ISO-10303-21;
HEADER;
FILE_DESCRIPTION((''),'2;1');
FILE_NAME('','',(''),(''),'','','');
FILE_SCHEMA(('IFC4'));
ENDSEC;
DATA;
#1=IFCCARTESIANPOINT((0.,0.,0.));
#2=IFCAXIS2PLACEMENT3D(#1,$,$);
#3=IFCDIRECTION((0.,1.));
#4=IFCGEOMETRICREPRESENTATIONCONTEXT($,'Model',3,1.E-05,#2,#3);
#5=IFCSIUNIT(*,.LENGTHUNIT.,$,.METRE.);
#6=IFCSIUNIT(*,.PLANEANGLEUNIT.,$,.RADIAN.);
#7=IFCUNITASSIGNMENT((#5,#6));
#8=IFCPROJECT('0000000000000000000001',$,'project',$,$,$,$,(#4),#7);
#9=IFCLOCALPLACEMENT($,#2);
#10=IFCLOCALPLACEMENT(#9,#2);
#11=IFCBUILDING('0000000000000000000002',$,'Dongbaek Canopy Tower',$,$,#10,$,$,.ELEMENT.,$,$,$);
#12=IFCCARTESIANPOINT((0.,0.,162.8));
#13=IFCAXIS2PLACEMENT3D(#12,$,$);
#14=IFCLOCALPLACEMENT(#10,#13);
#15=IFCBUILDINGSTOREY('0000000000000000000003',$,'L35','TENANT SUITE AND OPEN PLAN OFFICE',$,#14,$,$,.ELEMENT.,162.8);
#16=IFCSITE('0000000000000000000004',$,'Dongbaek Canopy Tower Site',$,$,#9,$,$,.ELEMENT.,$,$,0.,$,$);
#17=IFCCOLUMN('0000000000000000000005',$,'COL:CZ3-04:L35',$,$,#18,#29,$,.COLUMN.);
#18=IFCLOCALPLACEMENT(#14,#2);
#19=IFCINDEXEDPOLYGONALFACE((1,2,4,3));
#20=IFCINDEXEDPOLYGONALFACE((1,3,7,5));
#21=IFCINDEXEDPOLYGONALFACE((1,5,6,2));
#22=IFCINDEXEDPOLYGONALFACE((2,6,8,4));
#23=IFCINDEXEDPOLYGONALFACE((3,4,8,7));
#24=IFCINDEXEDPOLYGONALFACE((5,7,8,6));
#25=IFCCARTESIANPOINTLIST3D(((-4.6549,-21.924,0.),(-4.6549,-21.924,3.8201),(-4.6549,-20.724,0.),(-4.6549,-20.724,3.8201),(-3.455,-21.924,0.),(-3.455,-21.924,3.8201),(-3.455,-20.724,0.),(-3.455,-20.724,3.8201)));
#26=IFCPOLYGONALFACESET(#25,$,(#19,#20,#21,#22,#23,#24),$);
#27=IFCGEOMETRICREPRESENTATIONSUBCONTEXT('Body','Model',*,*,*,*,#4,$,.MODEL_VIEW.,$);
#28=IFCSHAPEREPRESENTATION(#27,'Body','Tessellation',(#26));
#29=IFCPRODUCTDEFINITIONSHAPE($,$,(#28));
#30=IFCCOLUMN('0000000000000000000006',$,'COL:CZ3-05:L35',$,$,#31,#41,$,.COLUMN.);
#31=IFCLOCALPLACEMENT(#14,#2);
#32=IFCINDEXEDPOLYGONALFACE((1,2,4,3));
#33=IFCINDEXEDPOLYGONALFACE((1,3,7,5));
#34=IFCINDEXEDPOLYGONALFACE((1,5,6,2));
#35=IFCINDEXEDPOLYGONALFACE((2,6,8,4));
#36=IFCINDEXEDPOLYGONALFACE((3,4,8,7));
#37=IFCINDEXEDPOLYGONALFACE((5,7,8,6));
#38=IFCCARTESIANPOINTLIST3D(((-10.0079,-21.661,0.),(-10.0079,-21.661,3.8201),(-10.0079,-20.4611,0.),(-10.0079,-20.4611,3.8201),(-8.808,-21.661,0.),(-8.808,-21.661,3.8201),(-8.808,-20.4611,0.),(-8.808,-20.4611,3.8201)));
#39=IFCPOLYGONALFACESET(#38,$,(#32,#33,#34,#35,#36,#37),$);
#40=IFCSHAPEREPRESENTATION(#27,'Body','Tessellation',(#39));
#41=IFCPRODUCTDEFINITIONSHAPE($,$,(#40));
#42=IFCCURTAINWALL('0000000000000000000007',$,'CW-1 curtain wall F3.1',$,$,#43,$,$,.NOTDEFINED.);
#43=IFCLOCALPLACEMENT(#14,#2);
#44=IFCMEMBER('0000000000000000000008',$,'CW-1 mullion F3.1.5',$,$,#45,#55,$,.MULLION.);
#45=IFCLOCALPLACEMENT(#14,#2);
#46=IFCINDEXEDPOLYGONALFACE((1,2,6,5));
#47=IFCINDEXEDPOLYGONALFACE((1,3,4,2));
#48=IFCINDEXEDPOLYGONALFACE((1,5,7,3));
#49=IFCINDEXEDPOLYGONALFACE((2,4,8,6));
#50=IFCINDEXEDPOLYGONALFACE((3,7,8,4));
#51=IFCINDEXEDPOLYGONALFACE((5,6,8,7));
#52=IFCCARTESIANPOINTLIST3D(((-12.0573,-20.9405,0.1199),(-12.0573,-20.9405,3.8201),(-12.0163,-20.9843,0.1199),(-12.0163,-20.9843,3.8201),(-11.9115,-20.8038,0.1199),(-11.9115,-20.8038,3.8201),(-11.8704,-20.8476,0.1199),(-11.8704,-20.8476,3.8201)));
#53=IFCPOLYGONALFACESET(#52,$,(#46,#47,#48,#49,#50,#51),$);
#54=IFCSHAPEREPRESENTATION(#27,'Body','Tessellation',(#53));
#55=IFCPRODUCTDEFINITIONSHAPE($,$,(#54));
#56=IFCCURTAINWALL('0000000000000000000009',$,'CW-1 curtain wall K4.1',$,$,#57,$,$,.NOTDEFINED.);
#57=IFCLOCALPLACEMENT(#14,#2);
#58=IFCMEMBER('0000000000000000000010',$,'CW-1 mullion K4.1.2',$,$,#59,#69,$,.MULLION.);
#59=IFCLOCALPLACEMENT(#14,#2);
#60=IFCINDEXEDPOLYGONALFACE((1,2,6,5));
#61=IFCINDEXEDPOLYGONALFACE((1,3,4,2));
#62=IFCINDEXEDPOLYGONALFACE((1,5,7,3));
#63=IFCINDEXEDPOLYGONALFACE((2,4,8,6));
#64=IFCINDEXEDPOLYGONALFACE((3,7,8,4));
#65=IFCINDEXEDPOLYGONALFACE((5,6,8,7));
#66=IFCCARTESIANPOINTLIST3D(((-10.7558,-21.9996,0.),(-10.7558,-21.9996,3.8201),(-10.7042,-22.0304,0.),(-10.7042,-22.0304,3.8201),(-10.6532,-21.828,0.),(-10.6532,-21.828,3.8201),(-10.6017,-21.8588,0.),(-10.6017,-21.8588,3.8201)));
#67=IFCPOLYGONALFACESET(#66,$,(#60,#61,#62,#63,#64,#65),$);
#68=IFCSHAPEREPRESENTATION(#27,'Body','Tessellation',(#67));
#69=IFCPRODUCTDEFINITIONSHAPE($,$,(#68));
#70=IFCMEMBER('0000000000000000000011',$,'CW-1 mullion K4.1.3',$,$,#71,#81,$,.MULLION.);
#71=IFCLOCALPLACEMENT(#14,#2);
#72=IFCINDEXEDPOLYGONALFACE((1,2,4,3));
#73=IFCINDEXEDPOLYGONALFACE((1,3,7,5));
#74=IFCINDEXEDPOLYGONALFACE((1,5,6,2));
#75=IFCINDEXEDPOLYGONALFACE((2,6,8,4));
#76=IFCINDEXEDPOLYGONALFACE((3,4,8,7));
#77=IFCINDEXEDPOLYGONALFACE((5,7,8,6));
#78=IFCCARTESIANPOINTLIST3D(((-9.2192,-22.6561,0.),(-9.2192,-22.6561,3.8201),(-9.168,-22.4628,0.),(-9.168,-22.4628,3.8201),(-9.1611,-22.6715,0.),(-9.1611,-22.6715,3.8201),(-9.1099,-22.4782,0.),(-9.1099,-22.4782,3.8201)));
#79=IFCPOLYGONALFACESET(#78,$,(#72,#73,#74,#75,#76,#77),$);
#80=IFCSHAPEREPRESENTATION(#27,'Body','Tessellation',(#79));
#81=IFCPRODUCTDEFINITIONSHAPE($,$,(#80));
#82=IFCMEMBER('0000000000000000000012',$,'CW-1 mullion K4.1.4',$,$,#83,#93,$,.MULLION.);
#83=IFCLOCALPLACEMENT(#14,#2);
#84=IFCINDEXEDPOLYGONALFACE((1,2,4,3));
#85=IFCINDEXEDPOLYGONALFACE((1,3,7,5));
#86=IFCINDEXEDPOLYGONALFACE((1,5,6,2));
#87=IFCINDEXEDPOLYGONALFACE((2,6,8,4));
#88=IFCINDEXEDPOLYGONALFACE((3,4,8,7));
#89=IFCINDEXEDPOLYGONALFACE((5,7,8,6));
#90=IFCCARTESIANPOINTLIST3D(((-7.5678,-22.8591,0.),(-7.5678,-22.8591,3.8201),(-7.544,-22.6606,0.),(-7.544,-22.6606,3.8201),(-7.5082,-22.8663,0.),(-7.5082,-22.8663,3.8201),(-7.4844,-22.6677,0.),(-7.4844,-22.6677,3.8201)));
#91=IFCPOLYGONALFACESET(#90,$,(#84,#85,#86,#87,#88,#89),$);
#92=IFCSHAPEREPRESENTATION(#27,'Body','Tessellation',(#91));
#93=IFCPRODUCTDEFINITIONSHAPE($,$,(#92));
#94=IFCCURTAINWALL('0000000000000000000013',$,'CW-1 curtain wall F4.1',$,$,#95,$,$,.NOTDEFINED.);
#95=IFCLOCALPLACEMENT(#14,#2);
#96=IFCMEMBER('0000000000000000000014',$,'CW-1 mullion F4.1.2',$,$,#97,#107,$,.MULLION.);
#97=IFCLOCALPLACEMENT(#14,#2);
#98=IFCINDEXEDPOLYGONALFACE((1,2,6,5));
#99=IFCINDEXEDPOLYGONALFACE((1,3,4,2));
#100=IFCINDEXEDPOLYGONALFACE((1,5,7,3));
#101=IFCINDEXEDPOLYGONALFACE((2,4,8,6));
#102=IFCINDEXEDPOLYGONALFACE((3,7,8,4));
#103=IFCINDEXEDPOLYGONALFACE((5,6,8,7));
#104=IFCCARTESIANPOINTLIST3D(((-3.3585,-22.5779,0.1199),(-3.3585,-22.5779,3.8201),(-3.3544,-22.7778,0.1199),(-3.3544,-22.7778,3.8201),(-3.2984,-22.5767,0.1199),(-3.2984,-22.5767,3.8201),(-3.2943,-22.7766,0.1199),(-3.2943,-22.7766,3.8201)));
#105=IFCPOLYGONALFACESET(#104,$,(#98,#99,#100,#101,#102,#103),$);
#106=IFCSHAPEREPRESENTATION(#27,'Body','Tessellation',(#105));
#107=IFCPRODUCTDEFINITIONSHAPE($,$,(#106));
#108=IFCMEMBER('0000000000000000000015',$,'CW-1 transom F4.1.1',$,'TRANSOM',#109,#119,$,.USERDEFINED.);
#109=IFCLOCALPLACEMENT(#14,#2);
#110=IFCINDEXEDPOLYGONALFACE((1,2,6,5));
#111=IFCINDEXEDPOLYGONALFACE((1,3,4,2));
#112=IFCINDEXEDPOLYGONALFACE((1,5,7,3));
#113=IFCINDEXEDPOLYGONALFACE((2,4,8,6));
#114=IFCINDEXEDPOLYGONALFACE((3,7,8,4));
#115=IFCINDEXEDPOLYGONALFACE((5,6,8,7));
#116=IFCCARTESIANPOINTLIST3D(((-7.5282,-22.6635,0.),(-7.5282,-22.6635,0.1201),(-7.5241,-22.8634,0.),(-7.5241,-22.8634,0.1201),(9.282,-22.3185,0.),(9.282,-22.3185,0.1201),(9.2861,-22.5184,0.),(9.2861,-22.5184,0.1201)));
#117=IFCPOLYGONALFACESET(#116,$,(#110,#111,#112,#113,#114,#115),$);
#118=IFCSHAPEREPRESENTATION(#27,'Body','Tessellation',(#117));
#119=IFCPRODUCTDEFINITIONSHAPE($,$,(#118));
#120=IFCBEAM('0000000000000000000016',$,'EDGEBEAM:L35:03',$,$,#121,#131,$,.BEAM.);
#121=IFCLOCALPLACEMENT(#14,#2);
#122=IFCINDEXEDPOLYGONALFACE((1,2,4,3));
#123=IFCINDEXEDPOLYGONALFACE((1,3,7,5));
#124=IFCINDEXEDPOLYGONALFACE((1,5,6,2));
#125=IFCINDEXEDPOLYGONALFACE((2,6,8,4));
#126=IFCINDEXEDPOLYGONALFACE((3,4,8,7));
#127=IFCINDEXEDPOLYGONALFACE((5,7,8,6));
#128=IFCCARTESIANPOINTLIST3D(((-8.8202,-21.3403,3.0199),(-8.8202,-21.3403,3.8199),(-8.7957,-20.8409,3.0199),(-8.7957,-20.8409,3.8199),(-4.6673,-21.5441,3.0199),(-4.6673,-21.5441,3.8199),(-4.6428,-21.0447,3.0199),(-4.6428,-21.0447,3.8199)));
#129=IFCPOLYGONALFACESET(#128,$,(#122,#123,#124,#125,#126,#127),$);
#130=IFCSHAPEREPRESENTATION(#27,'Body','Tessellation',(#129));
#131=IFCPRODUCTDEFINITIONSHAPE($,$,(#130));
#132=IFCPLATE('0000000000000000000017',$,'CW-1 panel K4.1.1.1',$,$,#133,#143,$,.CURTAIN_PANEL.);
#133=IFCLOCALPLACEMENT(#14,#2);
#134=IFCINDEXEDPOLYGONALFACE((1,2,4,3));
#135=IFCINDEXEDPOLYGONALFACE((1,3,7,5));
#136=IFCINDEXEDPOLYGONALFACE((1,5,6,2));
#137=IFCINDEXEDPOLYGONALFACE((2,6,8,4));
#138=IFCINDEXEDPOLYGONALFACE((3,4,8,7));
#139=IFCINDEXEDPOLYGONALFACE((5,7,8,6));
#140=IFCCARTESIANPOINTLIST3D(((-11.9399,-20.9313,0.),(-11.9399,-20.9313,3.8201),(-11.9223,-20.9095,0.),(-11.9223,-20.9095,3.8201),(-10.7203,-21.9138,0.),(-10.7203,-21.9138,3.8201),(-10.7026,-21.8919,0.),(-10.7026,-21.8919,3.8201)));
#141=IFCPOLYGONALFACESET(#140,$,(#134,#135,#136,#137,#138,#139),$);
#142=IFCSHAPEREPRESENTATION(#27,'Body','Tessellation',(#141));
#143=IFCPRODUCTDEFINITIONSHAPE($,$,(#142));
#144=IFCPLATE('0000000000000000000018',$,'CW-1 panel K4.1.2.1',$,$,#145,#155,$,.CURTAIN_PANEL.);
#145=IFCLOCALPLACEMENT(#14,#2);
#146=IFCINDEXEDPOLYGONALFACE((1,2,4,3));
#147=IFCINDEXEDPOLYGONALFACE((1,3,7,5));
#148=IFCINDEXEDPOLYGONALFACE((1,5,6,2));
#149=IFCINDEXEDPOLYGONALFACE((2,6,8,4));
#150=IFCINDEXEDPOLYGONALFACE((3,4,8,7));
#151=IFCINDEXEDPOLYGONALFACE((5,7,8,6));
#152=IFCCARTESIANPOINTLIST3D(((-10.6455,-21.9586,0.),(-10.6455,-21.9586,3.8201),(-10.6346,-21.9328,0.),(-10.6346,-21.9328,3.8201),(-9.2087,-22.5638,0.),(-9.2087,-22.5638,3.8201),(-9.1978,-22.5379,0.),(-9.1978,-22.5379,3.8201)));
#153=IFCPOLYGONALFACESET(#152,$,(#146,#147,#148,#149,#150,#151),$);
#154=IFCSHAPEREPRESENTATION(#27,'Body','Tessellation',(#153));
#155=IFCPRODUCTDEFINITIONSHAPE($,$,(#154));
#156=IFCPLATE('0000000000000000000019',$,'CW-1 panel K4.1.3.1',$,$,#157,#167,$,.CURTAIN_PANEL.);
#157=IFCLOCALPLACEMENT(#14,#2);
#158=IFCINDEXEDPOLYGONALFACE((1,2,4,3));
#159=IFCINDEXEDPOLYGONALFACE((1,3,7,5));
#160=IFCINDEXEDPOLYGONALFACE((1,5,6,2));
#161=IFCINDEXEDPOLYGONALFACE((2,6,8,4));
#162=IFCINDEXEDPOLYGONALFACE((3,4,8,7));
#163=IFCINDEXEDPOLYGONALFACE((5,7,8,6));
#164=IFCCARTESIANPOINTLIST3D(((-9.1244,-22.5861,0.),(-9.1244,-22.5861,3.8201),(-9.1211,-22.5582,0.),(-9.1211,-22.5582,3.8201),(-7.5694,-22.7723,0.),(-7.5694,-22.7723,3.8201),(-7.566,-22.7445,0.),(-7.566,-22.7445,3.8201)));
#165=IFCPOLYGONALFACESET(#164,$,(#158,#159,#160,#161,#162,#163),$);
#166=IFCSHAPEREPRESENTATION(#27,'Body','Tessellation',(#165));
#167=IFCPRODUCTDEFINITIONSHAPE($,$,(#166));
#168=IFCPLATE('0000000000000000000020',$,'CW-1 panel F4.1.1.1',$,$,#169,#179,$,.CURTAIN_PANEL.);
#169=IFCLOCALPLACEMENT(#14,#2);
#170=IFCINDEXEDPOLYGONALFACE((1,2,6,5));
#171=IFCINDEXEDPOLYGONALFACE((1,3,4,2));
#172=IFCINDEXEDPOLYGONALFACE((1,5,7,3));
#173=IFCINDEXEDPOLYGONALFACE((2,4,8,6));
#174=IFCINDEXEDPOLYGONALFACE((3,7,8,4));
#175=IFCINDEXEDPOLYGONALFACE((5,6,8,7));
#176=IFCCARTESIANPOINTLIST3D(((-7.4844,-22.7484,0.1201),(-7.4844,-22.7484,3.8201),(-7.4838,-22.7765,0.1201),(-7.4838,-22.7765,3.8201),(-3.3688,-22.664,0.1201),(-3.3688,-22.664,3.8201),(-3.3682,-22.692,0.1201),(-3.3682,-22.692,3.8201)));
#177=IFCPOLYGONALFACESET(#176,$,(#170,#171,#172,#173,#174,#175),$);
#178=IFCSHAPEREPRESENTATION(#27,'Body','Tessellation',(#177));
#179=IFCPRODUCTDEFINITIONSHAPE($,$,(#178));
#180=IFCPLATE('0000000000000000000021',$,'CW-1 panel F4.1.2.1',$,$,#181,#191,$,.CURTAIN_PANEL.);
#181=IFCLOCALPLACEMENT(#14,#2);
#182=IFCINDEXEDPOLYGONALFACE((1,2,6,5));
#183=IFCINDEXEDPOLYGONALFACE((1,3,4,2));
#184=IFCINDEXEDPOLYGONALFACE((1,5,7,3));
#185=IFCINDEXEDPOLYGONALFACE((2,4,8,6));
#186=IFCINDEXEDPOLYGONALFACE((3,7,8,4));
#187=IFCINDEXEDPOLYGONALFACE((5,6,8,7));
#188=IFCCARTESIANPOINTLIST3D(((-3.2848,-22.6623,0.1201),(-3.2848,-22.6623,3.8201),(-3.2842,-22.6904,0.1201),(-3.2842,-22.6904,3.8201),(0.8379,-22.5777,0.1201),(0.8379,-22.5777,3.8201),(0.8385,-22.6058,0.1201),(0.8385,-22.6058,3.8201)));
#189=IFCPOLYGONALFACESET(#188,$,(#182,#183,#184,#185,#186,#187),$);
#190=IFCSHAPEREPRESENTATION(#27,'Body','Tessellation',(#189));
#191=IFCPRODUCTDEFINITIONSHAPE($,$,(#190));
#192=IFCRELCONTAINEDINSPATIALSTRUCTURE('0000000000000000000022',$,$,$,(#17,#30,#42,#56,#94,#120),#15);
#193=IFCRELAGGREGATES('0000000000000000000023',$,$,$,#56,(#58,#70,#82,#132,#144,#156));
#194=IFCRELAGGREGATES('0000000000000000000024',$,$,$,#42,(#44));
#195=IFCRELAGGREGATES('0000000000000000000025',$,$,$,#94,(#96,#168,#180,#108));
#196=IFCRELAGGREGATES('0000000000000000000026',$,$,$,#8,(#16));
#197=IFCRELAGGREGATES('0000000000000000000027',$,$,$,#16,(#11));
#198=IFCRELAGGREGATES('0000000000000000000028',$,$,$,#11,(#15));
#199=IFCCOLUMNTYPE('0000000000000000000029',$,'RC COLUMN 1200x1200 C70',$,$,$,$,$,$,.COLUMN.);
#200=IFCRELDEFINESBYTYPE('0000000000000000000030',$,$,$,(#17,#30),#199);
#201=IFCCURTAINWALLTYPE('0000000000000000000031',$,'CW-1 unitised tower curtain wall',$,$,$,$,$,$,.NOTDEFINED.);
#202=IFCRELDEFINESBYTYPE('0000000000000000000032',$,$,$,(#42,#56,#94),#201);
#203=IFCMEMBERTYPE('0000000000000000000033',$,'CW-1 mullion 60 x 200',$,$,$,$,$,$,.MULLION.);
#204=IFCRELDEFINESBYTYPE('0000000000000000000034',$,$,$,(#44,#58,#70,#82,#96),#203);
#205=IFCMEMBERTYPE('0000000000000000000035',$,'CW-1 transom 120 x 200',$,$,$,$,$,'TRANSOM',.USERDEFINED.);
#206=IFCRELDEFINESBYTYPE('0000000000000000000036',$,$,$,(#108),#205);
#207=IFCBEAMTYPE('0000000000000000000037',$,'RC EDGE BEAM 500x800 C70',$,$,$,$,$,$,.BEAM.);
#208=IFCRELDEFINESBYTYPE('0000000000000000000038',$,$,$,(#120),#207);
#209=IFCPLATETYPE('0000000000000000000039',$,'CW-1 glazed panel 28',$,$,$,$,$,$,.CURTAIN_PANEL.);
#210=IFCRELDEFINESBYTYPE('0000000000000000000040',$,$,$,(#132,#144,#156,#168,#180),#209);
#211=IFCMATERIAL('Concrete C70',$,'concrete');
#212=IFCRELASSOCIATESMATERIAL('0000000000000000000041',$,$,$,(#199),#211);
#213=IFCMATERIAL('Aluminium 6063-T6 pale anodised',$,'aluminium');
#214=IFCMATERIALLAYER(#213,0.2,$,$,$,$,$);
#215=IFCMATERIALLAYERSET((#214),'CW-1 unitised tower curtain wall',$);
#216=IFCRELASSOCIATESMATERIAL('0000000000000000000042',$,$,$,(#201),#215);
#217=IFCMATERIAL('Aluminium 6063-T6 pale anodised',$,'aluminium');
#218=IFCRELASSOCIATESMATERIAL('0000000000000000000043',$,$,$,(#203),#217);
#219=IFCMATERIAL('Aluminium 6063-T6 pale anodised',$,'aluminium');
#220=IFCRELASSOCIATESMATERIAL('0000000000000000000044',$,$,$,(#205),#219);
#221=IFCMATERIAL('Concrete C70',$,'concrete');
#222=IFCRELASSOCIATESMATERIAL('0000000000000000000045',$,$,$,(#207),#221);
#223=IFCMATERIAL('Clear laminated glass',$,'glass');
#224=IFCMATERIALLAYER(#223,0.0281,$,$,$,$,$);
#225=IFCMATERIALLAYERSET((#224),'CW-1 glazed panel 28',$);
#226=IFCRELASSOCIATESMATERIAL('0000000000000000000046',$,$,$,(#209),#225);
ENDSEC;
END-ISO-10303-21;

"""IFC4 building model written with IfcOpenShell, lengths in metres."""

from ifc_helpers import new_model, si_unit, direction, frame, origin, origin_2d, place, context, subcontext, project, spatial, rectangle, extrude, material, layer, layer_set, material_profile, profile_set, type_object, element, aggregate, save


model = new_model("IFC4")

# Units and contexts
model_context = context("Model", 3, precision=1e-05, world=origin(), true_north=direction((0.0, 1.0)))
body_context = subcontext(model_context, "Body", "Model", "MODEL_VIEW")
ifc_project = project(units=[si_unit("LENGTHUNIT", "METRE"), si_unit("PLANEANGLEUNIT", "RADIAN")], contexts=[model_context])

# Site, building, storey
site_placement = place(None, origin())
site = spatial("IfcSite", under=ifc_project, at=site_placement, Name="Dongbaek Canopy Tower Site", CompositionType="ELEMENT", RefElevation=0.0)
building_placement = place(site_placement, origin())
building = spatial("IfcBuilding", under=site, at=building_placement, Name="Dongbaek Canopy Tower", CompositionType="ELEMENT")
storey_placement = place(building_placement, frame((0.0, 0.0, 162.8)))
storey = spatial("IfcBuildingStorey", under=building, at=storey_placement, Name="L35", Description="TENANT SUITE AND OPEN PLAN OFFICE", CompositionType="ELEMENT", Elevation=162.8)

# Columns
ifc_material_1 = material(Name="Concrete C70", Category="concrete")
ifc_material_profile_1 = material_profile(ifc_material_1, rectangle(XDim=1.2, YDim=1.2, at=origin_2d()), Name="RC COLUMN 1200x1200 C70")
ifc_profile_set_1 = profile_set([ifc_material_profile_1], Name="Concrete C70")
column_type = type_object("IfcColumnType", Name="RC COLUMN 1200x1200 C70", PredefinedType="COLUMN", material=ifc_profile_set_1)
for number, where, z_axis, x_axis, name in (
    (1, (-4.0549, -21.324, 0.0), (0.0, 0.0, 1.0), (1.0, 0.0, 0.0), "COL:CZ3-04:L35"),
    (2, (-9.408, -21.061, 0.0), (0.0, 0.0, 1.0), (1.0, 0.0, 0.0), "COL:CZ3-05:L35"),
):
    element("IfcColumn", number, at=place(storey_placement, frame(where, z_axis=z_axis, x_axis=x_axis)), inside=storey, type_object=column_type, Name=name, PredefinedType="COLUMN", context=body_context, shape_type="SweptSolid", body=[
        extrude(rectangle(XDim=1.2, YDim=1.2, at=origin_2d()), origin(), (0.0, 0.0, 1.0), 3.8201),
    ])

# Curtain wall, member
ifc_material_2 = material(Name="Aluminium 6063-T6 pale anodised", Category="aluminium")
ifc_layer_1 = layer(ifc_material_2, 0.2)
ifc_layer_set_1 = layer_set([ifc_layer_1], Name="CW-1 unitised tower curtain wall")
curtain_wall_type = type_object("IfcCurtainWallType", Name="CW-1 unitised tower curtain wall", PredefinedType="NOTDEFINED", material=ifc_layer_set_1)
curtain_wall_1_placement = place(storey_placement, origin())
curtain_wall_1 = element("IfcCurtainWall", 3, at=curtain_wall_1_placement, inside=storey, type_object=curtain_wall_type, Name="CW-1 curtain wall F3.1", PredefinedType="NOTDEFINED")
ifc_material_3 = material(Name="Aluminium 6063-T6 pale anodised", Category="aluminium")
ifc_material_profile_2 = material_profile(ifc_material_3, rectangle(XDim=0.2, YDim=0.0601, at=origin_2d()), Name="CW-1 mullion 60 x 200")
ifc_profile_set_2 = profile_set([ifc_material_profile_2], Name="Aluminium 6063-T6 pale anodised")
member_type_1 = type_object("IfcMemberType", Name="CW-1 mullion 60 x 200", PredefinedType="MULLION", material=ifc_profile_set_2)
member_1_placement = place(storey_placement, frame((-11.9639, -20.894, 0.1199), z_axis=(0.0, 0.0, 1.0), x_axis=(-0.729649, -0.683822, 0.0)))
member_1 = element("IfcMember", 4, at=member_1_placement, type_object=member_type_1, Name="CW-1 mullion F3.1.5", PredefinedType="MULLION", context=body_context, shape_type="SweptSolid", body=[
    extrude(rectangle(XDim=0.2, YDim=0.0601, at=origin_2d()), origin(), (0.0, 0.0, 1.0), 3.7002),
])

# Curtain walls, members
curtain_wall_2_placement = place(storey_placement, origin())
curtain_wall_2 = element("IfcCurtainWall", 5, at=curtain_wall_2_placement, inside=storey, type_object=curtain_wall_type, Name="CW-1 curtain wall K4.1", PredefinedType="NOTDEFINED")
member_2_placement = place(storey_placement, frame((-10.6787, -21.9292, 0.0), z_axis=(0.0, 0.0, 1.0), x_axis=(-0.512735, -0.858547, 0.0)))
member_2 = element("IfcMember", 6, at=member_2_placement, type_object=member_type_1, Name="CW-1 mullion K4.1.2", PredefinedType="MULLION", context=body_context, shape_type="SweptSolid", body=[
    extrude(rectangle(XDim=0.2, YDim=0.0601, at=origin_2d()), origin(), (0.0, 0.0, 1.0), 3.8201),
])
member_3_placement = place(storey_placement, frame((-9.1646, -22.5671, 0.0), z_axis=(0.0, 0.0, 1.0), x_axis=(-0.256042, -0.966666, 0.0)))
member_3 = element("IfcMember", 7, at=member_3_placement, type_object=member_type_1, Name="CW-1 mullion K4.1.3", PredefinedType="MULLION", context=body_context, shape_type="SweptSolid", body=[
    extrude(rectangle(XDim=0.2, YDim=0.0601, at=origin_2d()), origin(), (0.0, 0.0, 1.0), 3.8201),
])
member_4_placement = place(storey_placement, frame((-7.5261, -22.7634, 0.0), z_axis=(0.0, 0.0, 1.0), x_axis=(-0.118922, -0.992904, 0.0)))
member_4 = element("IfcMember", 8, at=member_4_placement, type_object=member_type_1, Name="CW-1 mullion K4.1.4", PredefinedType="MULLION", context=body_context, shape_type="SweptSolid", body=[
    extrude(rectangle(XDim=0.2, YDim=0.0601, at=origin_2d()), origin(), (0.0, 0.0, 1.0), 3.8201),
])
curtain_wall_3_placement = place(storey_placement, origin())
curtain_wall_3 = element("IfcCurtainWall", 9, at=curtain_wall_3_placement, inside=storey, type_object=curtain_wall_type, Name="CW-1 curtain wall F4.1", PredefinedType="NOTDEFINED")
member_5_placement = place(storey_placement, frame((-3.3264, -22.6772, 0.1199), z_axis=(0.0, 0.0, 1.0), x_axis=(0.020515, -0.99979, 0.0)))
member_5 = element("IfcMember", 10, at=member_5_placement, type_object=member_type_1, Name="CW-1 mullion F4.1.2", PredefinedType="MULLION", context=body_context, shape_type="SweptSolid", body=[
    extrude(rectangle(XDim=0.2, YDim=0.0601, at=origin_2d()), origin(), (0.0, 0.0, 1.0), 3.7002),
])
ifc_material_4 = material(Name="Aluminium 6063-T6 pale anodised", Category="aluminium")
ifc_material_profile_3 = material_profile(ifc_material_4, rectangle(XDim=0.2, YDim=0.1201, at=origin_2d()), Name="CW-1 transom 120 x 200")
ifc_profile_set_3 = profile_set([ifc_material_profile_3], Name="Aluminium 6063-T6 pale anodised")
member_type_2 = type_object("IfcMemberType", Name="CW-1 transom 120 x 200", ElementType="TRANSOM", PredefinedType="USERDEFINED", material=ifc_profile_set_3)
member_6_placement = place(storey_placement, frame((-7.5261, -22.7634, 0.0601), z_axis=(0.99979, 0.020517, 0.0), x_axis=(-0.020517, 0.99979, 0.0)))
member_6 = element("IfcMember", 11, at=member_6_placement, type_object=member_type_2, Name="CW-1 transom F4.1.1", ObjectType="TRANSOM", PredefinedType="USERDEFINED", context=body_context, shape_type="SweptSolid", body=[
    extrude(rectangle(XDim=0.2, YDim=0.1201, at=origin_2d()), origin(), (0.0, 0.0, 1.0), 16.8137),
])

# Beam
ifc_material_5 = material(Name="Concrete C70", Category="concrete")
ifc_material_profile_4 = material_profile(ifc_material_5, rectangle(XDim=0.5, YDim=0.8, at=origin_2d()), Name="RC EDGE BEAM 500x800 C70")
ifc_profile_set_4 = profile_set([ifc_material_profile_4], Name="Concrete C70")
beam_type = type_object("IfcBeamType", Name="RC EDGE BEAM 500x800 C70", PredefinedType="BEAM", material=ifc_profile_set_4)
beam_placement = place(storey_placement, frame((-4.655, -21.2944, 3.4199), z_axis=(-0.998797, 0.049027, 0.0), x_axis=(-0.049027, -0.998797, 0.0)))
element("IfcBeam", 12, at=beam_placement, inside=storey, type_object=beam_type, Name="EDGEBEAM:L35:03", PredefinedType="BEAM", context=body_context, shape_type="SweptSolid", body=[
    extrude(rectangle(XDim=0.5, YDim=0.8, at=origin_2d()), origin(), (0.0, 0.0, 1.0), 4.158),
])

# Plates
ifc_material_6 = material(Name="Clear laminated glass", Category="glass")
ifc_layer_2 = layer(ifc_material_6, 0.0281)
ifc_layer_set_2 = layer_set([ifc_layer_2], Name="CW-1 glazed panel 28")
plate_type = type_object("IfcPlateType", Name="CW-1 glazed panel 28", PredefinedType="CURTAIN_PANEL", material=ifc_layer_set_2)
plate_1_placement = place(storey_placement, frame((-11.3213, -21.4116, 0.0), z_axis=(0.0, 0.0, 1.0), x_axis=(0.778774, -0.627305, 0.0)))
plate_1 = element("IfcPlate", 13, at=plate_1_placement, type_object=plate_type, Name="CW-1 panel K4.1.1.1", PredefinedType="CURTAIN_PANEL", context=body_context, shape_type="SweptSolid", body=[
    extrude(rectangle(XDim=1.5662, YDim=0.0281, at=origin_2d()), origin(), (0.0, 0.0, 1.0), 3.8201),
])
plate_2_placement = place(storey_placement, frame((-9.9216, -22.2483, 0.0), z_axis=(0.0, 0.0, 1.0), x_axis=(0.921587, -0.388171, 0.0)))
plate_2 = element("IfcPlate", 14, at=plate_2_placement, type_object=plate_type, Name="CW-1 panel K4.1.2.1", PredefinedType="CURTAIN_PANEL", context=body_context, shape_type="SweptSolid", body=[
    extrude(rectangle(XDim=1.5591, YDim=0.0281, at=origin_2d()), origin(), (0.0, 0.0, 1.0), 3.8201),
])
plate_3_placement = place(storey_placement, frame((-8.3452, -22.6653, 0.0), z_axis=(0.0, 0.0, 1.0), x_axis=(0.992904, -0.118922, 0.0)))
plate_3 = element("IfcPlate", 15, at=plate_3_placement, type_object=plate_type, Name="CW-1 panel K4.1.3.1", PredefinedType="CURTAIN_PANEL", context=body_context, shape_type="SweptSolid", body=[
    extrude(rectangle(XDim=1.5662, YDim=0.0281, at=origin_2d()), origin(), (0.0, 0.0, 1.0), 3.8201),
])
aggregate(curtain_wall_2, [member_2, member_3, member_4, plate_1, plate_2, plate_3])
plate_4_placement = place(storey_placement, frame((-5.4263, -22.7202, 0.1201), z_axis=(0.0, 0.0, 1.0), x_axis=(0.99979, 0.020515, 0.0)))
plate_4 = element("IfcPlate", 16, at=plate_4_placement, type_object=plate_type, Name="CW-1 panel F4.1.1.1", PredefinedType="CURTAIN_PANEL", context=body_context, shape_type="SweptSolid", body=[
    extrude(rectangle(XDim=4.1165, YDim=0.0281, at=origin_2d()), origin(), (0.0, 0.0, 1.0), 3.7),
])
plate_5_placement = place(storey_placement, frame((-1.2231, -22.634, 0.1201), z_axis=(0.0, 0.0, 1.0), x_axis=(0.99979, 0.020515, 0.0)))
plate_5 = element("IfcPlate", 17, at=plate_5_placement, type_object=plate_type, Name="CW-1 panel F4.1.2.1", PredefinedType="CURTAIN_PANEL", context=body_context, shape_type="SweptSolid", body=[
    extrude(rectangle(XDim=4.1235, YDim=0.0281, at=origin_2d()), origin(), (0.0, 0.0, 1.0), 3.7),
])

aggregate(curtain_wall_1, [member_1])
aggregate(curtain_wall_3, [member_5, plate_4, plate_5, member_6])

save(model, "model.ifc")
